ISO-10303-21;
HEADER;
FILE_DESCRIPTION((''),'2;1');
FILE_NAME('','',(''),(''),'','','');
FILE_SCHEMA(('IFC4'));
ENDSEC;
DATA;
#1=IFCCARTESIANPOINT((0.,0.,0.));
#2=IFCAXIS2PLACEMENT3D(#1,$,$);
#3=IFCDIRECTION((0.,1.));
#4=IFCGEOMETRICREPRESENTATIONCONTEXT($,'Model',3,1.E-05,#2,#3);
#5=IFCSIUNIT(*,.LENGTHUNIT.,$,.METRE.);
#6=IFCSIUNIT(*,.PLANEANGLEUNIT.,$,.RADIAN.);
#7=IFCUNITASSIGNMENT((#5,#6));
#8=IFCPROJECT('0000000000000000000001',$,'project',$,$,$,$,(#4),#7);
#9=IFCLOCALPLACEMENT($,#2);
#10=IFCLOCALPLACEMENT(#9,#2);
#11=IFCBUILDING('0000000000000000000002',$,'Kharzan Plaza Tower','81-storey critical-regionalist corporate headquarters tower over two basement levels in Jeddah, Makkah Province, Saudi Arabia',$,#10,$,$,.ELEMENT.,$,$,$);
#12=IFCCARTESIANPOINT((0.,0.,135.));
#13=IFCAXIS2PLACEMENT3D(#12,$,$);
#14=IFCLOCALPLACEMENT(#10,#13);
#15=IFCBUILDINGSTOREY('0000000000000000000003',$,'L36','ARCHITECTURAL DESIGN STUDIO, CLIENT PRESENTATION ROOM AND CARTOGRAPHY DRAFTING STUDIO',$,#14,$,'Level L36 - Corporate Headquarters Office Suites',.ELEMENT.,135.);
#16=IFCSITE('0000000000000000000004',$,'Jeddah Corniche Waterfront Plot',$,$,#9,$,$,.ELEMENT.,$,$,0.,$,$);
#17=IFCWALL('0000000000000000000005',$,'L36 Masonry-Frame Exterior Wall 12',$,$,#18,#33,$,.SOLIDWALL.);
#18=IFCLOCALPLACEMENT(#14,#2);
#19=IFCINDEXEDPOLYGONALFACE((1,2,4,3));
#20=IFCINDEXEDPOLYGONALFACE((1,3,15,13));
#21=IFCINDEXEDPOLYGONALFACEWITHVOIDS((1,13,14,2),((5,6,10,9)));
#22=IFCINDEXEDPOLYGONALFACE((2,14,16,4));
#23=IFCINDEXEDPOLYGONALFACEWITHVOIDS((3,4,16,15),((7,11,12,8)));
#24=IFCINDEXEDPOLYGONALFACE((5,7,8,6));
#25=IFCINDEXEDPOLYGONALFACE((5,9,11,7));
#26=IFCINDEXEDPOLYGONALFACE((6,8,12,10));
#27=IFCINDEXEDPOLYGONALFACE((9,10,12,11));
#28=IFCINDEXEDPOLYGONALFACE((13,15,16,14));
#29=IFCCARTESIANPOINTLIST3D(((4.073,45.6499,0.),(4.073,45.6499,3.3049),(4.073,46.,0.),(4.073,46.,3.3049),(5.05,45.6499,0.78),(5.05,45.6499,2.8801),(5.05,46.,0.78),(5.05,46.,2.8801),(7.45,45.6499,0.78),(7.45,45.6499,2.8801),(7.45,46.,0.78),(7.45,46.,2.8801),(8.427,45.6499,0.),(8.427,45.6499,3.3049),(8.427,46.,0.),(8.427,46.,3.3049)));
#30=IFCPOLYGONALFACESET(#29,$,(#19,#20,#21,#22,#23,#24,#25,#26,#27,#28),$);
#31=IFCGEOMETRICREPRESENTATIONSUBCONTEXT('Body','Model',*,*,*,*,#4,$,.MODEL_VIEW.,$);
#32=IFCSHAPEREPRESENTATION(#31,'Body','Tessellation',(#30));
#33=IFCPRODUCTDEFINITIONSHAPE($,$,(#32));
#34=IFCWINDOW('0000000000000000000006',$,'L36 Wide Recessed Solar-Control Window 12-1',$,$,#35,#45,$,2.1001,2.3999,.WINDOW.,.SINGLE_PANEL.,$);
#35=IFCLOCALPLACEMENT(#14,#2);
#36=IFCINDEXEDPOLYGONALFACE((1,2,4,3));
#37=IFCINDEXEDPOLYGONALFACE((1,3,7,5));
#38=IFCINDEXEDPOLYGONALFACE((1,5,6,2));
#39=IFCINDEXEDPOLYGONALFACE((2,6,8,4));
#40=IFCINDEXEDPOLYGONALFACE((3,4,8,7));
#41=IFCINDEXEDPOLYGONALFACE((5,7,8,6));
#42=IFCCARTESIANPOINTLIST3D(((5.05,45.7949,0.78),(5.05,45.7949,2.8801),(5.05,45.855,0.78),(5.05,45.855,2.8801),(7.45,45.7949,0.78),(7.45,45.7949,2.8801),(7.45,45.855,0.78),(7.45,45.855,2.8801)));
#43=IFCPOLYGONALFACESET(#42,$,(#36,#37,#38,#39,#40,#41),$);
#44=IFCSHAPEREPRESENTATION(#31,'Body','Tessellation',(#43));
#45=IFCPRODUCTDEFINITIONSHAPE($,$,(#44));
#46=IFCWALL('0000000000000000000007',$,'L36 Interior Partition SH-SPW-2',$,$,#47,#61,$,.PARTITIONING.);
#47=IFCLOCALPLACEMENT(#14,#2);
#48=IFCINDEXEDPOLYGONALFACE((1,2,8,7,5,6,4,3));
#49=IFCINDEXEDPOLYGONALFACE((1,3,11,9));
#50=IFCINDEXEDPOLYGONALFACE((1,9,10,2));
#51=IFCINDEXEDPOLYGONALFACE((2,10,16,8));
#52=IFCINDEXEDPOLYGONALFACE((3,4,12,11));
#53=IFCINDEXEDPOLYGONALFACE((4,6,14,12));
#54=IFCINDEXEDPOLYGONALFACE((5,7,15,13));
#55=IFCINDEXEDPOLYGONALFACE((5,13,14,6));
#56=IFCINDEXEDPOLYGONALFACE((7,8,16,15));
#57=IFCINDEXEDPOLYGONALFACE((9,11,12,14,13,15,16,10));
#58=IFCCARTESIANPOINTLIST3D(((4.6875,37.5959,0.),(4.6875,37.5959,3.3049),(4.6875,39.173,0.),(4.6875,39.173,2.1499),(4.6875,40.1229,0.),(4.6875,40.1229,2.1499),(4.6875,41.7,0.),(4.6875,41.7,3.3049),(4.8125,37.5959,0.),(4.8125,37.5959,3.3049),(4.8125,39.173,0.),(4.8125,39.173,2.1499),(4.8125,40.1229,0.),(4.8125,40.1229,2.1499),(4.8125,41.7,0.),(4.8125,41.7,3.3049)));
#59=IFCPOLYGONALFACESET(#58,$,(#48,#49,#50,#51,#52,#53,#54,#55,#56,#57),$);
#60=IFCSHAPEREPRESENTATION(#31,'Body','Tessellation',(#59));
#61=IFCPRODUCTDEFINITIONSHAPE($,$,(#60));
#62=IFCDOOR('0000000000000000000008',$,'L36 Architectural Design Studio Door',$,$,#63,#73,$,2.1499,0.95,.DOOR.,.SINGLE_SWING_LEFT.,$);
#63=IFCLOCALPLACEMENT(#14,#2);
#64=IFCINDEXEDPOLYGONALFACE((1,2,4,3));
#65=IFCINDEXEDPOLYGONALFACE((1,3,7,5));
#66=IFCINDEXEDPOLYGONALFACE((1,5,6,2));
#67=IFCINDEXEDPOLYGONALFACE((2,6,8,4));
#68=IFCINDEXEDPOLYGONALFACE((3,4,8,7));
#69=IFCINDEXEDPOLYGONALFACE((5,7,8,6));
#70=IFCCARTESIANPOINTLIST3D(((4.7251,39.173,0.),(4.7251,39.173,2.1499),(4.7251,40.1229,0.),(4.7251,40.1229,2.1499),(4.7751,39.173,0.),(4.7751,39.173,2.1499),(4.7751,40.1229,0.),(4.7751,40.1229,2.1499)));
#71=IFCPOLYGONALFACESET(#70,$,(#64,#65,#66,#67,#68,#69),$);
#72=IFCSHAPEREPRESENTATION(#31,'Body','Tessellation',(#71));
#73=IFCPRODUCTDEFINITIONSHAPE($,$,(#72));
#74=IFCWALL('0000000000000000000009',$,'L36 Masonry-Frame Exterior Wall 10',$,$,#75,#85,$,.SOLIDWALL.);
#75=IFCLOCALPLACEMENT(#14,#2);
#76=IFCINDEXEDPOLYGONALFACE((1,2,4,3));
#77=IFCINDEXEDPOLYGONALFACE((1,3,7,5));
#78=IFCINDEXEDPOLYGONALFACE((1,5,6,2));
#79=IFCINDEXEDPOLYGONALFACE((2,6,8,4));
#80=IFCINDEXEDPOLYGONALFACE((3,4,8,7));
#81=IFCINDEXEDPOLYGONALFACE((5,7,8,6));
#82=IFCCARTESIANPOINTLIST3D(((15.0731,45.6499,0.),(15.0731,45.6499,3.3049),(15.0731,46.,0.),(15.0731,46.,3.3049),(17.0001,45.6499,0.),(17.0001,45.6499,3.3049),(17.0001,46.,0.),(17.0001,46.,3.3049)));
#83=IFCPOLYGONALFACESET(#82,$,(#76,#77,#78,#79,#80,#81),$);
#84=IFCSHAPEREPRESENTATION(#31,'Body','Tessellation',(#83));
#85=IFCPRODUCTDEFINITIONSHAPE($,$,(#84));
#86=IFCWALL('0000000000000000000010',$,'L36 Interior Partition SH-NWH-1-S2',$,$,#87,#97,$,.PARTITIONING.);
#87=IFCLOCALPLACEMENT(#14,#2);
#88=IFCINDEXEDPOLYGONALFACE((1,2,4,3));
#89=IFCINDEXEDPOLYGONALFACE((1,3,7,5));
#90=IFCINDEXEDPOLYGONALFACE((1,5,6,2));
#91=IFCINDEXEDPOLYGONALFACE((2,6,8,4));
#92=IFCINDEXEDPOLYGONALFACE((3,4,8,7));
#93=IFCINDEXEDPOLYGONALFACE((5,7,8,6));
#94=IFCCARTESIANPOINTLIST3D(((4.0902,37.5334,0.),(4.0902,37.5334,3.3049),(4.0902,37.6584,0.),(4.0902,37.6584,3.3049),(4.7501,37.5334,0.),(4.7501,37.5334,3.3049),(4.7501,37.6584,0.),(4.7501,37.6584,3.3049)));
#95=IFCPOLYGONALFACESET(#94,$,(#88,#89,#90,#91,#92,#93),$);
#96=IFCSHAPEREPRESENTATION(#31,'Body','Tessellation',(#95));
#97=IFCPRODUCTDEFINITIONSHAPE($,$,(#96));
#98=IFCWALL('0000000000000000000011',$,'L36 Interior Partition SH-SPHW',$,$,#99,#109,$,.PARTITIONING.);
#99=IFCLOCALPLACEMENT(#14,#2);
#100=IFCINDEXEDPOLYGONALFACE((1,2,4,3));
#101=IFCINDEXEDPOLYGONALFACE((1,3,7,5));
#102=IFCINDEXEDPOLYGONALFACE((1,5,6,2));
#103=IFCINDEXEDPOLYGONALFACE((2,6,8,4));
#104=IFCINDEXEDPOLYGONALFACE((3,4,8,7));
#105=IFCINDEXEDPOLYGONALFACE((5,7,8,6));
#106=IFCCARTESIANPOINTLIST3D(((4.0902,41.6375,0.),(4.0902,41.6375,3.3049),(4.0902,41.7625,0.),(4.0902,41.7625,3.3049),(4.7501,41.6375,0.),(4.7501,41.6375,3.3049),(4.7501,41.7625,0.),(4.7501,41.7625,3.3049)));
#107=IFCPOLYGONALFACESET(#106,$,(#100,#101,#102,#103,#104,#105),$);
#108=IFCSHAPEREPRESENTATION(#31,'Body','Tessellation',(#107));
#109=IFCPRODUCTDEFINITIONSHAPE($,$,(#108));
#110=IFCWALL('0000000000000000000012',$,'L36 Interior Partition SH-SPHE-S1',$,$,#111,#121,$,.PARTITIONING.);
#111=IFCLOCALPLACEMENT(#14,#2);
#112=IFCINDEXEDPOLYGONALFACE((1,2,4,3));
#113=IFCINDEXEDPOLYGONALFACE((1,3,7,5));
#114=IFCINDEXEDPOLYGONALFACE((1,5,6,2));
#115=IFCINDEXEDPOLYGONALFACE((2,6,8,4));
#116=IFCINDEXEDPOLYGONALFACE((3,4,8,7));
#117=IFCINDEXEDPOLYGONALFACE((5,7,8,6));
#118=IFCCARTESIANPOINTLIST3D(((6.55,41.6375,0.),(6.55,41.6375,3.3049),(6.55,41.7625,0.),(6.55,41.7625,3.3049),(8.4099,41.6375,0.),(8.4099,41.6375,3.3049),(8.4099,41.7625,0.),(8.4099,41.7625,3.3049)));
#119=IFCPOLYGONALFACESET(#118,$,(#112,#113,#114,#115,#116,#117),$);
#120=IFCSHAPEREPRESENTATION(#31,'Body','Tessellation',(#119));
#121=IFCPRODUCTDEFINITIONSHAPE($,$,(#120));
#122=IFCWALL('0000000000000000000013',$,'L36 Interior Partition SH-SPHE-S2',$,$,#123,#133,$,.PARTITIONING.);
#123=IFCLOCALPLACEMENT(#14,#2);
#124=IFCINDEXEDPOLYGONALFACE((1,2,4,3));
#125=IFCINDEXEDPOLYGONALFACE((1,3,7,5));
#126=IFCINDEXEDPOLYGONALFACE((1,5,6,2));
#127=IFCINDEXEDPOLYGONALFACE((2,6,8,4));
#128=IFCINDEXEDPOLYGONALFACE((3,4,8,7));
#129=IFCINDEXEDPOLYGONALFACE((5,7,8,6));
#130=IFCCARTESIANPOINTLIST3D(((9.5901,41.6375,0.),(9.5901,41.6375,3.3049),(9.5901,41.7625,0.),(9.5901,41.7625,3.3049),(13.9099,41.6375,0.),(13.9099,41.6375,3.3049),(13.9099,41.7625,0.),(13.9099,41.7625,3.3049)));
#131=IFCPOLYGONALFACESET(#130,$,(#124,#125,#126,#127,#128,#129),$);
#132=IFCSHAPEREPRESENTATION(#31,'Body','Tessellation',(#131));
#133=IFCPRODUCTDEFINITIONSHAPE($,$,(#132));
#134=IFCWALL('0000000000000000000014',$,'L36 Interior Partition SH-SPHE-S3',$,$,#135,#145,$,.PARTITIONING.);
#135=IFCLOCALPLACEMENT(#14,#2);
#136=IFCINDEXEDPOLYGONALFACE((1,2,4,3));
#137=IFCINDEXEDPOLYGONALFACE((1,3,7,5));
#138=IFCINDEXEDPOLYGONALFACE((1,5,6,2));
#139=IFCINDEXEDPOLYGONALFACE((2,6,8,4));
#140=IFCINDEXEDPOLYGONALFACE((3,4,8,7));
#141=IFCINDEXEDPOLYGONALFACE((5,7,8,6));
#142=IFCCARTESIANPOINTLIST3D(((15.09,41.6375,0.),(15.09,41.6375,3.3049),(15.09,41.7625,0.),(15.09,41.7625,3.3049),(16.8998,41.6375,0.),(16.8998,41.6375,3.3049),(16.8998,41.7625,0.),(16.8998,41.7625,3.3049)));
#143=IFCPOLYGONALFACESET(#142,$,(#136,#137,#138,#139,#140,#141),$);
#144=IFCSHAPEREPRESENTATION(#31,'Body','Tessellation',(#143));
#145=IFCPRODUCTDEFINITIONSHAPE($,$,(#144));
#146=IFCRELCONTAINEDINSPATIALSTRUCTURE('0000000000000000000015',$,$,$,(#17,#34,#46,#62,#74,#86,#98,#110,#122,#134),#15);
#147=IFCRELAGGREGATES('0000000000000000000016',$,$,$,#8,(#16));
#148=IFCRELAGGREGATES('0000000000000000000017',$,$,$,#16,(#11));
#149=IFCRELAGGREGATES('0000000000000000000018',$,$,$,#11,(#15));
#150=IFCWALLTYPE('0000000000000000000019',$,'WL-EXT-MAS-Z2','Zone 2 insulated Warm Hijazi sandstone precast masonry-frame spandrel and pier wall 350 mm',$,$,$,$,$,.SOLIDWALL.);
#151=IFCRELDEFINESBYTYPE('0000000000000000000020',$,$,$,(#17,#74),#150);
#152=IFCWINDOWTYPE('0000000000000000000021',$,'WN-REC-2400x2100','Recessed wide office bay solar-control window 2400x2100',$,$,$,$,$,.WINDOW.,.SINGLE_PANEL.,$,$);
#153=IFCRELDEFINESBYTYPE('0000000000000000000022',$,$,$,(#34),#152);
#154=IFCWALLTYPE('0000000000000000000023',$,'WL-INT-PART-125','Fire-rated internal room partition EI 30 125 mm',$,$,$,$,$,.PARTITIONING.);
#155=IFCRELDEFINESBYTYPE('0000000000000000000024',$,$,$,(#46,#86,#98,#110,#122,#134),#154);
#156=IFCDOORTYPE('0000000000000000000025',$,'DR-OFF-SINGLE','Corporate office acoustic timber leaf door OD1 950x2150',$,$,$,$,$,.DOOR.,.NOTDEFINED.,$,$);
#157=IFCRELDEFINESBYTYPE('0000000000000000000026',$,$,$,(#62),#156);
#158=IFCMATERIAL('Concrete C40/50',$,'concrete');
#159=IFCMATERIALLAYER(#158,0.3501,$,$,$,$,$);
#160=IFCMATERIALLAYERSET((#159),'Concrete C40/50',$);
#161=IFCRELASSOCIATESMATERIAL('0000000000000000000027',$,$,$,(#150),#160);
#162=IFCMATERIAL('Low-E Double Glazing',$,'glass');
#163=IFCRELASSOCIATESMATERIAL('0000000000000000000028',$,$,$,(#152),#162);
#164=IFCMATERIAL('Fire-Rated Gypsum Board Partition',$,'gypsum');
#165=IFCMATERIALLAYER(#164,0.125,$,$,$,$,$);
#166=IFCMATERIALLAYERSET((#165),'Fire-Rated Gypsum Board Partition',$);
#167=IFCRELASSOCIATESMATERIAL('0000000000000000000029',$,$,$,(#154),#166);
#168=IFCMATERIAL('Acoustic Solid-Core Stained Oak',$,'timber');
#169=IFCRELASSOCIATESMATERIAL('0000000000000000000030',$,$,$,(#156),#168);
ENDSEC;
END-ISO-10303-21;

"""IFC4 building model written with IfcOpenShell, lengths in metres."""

from ifc_helpers import new_model, si_unit, direction, frame, frame_2d, origin, place, context, subcontext, project, spatial, rectangle, extrude, source, transform, mapped, material, layer, layer_set, type_object, element, fill, save


model = new_model("IFC4")

# Units and contexts
model_context = context("Model", 3, precision=1e-05, world=origin(), true_north=direction((0.0, 1.0)))
body_context = subcontext(model_context, "Body", "Model", "MODEL_VIEW")
ifc_project = project(units=[si_unit("LENGTHUNIT", "METRE"), si_unit("PLANEANGLEUNIT", "RADIAN")], contexts=[model_context])

# Site, building, storey
site_placement = place(None, origin())
site = spatial("IfcSite", under=ifc_project, at=site_placement, Name="Jeddah Corniche Waterfront Plot", CompositionType="ELEMENT", RefElevation=0.0)
building_placement = place(site_placement, origin())
building = spatial("IfcBuilding", under=site, at=building_placement, Name="Kharzan Plaza Tower", Description="81-storey critical-regionalist corporate headquarters tower over two basement levels in Jeddah, Makkah Province, Saudi Arabia", CompositionType="ELEMENT")
storey_placement = place(building_placement, frame((0.0, 0.0, 135.0)))
storey = spatial("IfcBuildingStorey", under=building, at=storey_placement, Name="L36", Description="ARCHITECTURAL DESIGN STUDIO, CLIENT PRESENTATION ROOM AND CARTOGRAPHY DRAFTING STUDIO", LongName="Level L36 - Corporate Headquarters Office Suites", CompositionType="ELEMENT", Elevation=135.0)

# Wall, opening, window
ifc_material_1 = material(Name="Concrete C40/50", Category="concrete")
ifc_layer_1 = layer(ifc_material_1, 0.3501)
ifc_layer_set_1 = layer_set([ifc_layer_1], Name="Concrete C40/50")
wall_type_1 = type_object("IfcWallType", Name="WL-EXT-MAS-Z2", Description="Zone 2 insulated Warm Hijazi sandstone precast masonry-frame spandrel and pier wall 350 mm", PredefinedType="SOLIDWALL", material=ifc_layer_set_1)
ifc_material_2 = material(Name="Low-E Double Glazing", Category="glass")
window_type_1 = type_object("IfcWindowType", Name="WN-REC-2400x2100", Description="Recessed wide office bay solar-control window 2400x2100", PartitioningType="SINGLE_PANEL", PredefinedType="WINDOW", material=ifc_material_2)
shared_shape_1 = source(origin(), body_context, "Body", "SweptSolid", [
    extrude(rectangle(XDim=2.3999, YDim=2.1001, at=frame_2d((1.2, 1.05))), frame((0.0, 0.03, 0.0), z_axis=(0.0, -1.0, 0.0), x_axis=(1.0, 0.0, 0.0)), (0.0, 0.0, 1.0), 0.0601),
])
wall_1_placement = place(storey_placement, frame((8.427, 45.825, 0.0), z_axis=(0.0, 0.0, 1.0), x_axis=(-1.0, 0.0, 0.0)))
wall_1 = element("IfcWall", 1, at=wall_1_placement, inside=storey, type_object=wall_type_1, Name="L36 Masonry-Frame Exterior Wall 12", PredefinedType="SOLIDWALL", context=body_context, shape_type="SweptSolid", body=[
    extrude(rectangle(XDim=4.354, YDim=0.3501, at=frame_2d((2.177, 0.0))), origin(), (0.0, 0.0, 1.0), 3.3049),
])
opening_1_placement = place(wall_1_placement, frame((0.9771, 0.0, 0.78)))
opening_1 = element("IfcOpeningElement", 2, at=opening_1_placement, cuts=wall_1, PredefinedType="OPENING", context=body_context, shape_type="SweptSolid", body=[
    extrude(rectangle(XDim=2.3999, YDim=2.1001, at=frame_2d((1.2, 1.05))), frame((0.0, 0.1851, 0.0), z_axis=(0.0, -1.0, 0.0), x_axis=(1.0, 0.0, 0.0)), (0.0, 0.0, 1.0), 0.3701),
])
window_1_placement = place(opening_1_placement, origin())
window_1 = element("IfcWindow", 3, at=window_1_placement, inside=storey, type_object=window_type_1, Name="L36 Wide Recessed Solar-Control Window 12-1", OverallHeight=2.1001, OverallWidth=2.3999, PartitioningType="SINGLE_PANEL", PredefinedType="WINDOW", context=body_context, shape_type="MappedRepresentation", body=[
    mapped(shared_shape_1, transform((0.0, 0.0, 0.0), x_axis=(1.0, 0.0, 0.0), y_axis=(0.0, 1.0, 0.0), z_axis=(0.0, 0.0, 1.0))),
])
fill(opening_1, window_1)

# Wall, opening, door
ifc_material_3 = material(Name="Fire-Rated Gypsum Board Partition", Category="gypsum")
ifc_layer_2 = layer(ifc_material_3, 0.125)
ifc_layer_set_2 = layer_set([ifc_layer_2], Name="Fire-Rated Gypsum Board Partition")
wall_type_2 = type_object("IfcWallType", Name="WL-INT-PART-125", Description="Fire-rated internal room partition EI 30 125 mm", PredefinedType="PARTITIONING", material=ifc_layer_set_2)
ifc_material_4 = material(Name="Acoustic Solid-Core Stained Oak", Category="timber")
door_type = type_object("IfcDoorType", Name="DR-OFF-SINGLE", Description="Corporate office acoustic timber leaf door OD1 950x2150", OperationType="NOTDEFINED", PredefinedType="DOOR", material=ifc_material_4)
shared_shape_2 = source(origin(), body_context, "Body", "SweptSolid", [
    extrude(rectangle(XDim=0.95, YDim=2.1499, at=frame_2d((0.4751, 1.075))), frame((0.0, 0.0249, 0.0), z_axis=(0.0, -1.0, 0.0), x_axis=(1.0, 0.0, 0.0)), (0.0, 0.0, 1.0), 0.05),
])
wall_2_placement = place(storey_placement, frame((4.75, 37.5959, 0.0), z_axis=(0.0, 0.0, 1.0), x_axis=(0.0, 1.0, 0.0)))
wall_2 = element("IfcWall", 4, at=wall_2_placement, inside=storey, type_object=wall_type_2, Name="L36 Interior Partition SH-SPW-2", PredefinedType="PARTITIONING", context=body_context, shape_type="SweptSolid", body=[
    extrude(rectangle(XDim=4.104, YDim=0.125, at=frame_2d((2.052, 0.0))), origin(), (0.0, 0.0, 1.0), 3.3049),
])
opening_2_placement = place(wall_2_placement, frame((1.5769, 0.0, 0.0)))
opening_2 = element("IfcOpeningElement", 5, at=opening_2_placement, cuts=wall_2, PredefinedType="OPENING", context=body_context, shape_type="SweptSolid", body=[
    extrude(rectangle(XDim=0.95, YDim=2.1499, at=frame_2d((0.4751, 1.075))), frame((0.0, 0.0725, 0.0), z_axis=(0.0, -1.0, 0.0), x_axis=(1.0, 0.0, 0.0)), (0.0, 0.0, 1.0), 0.145),
])
door_1_placement = place(opening_2_placement, origin())
door_1 = element("IfcDoor", 6, at=door_1_placement, inside=storey, type_object=door_type, Name="L36 Architectural Design Studio Door", OperationType="SINGLE_SWING_LEFT", OverallHeight=2.1499, OverallWidth=0.95, PredefinedType="DOOR", context=body_context, shape_type="MappedRepresentation", body=[
    mapped(shared_shape_2, transform((0.0, 0.0, 0.0), x_axis=(1.0, 0.0, 0.0), y_axis=(0.0, 1.0, 0.0), z_axis=(0.0, 0.0, 1.0))),
])
fill(opening_2, door_1)

# Walls
shared_shape_3 = source(origin(), body_context, "Body", "SweptSolid", [
    extrude(rectangle(XDim=1.927, YDim=0.3501, at=frame_2d((0.9634, 0.0))), origin(), (0.0, 0.0, 1.0), 3.3049),
])
wall_3_placement = place(storey_placement, frame((17.0, 45.825, 0.0), z_axis=(0.0, 0.0, 1.0), x_axis=(-1.0, 0.0, 0.0)))
element("IfcWall", 7, at=wall_3_placement, inside=storey, type_object=wall_type_1, Name="L36 Masonry-Frame Exterior Wall 10", PredefinedType="SOLIDWALL", context=body_context, shape_type="MappedRepresentation", body=[
    mapped(shared_shape_3, transform((0.0, 0.0, 0.0), x_axis=(1.0, 0.0, 0.0), y_axis=(0.0, 1.0, 0.0), z_axis=(0.0, 0.0, 1.0))),
])
shared_shape_4 = source(origin(), body_context, "Body", "SweptSolid", [
    extrude(rectangle(XDim=0.6599, YDim=0.125, at=frame_2d((0.3301, 0.0))), origin(), (0.0, 0.0, 1.0), 3.3049),
])
for number, where, z_axis, x_axis, name in (
    (8, (4.0901, 37.5959, 0.0), (0.0, 0.0, 1.0), (1.0, 0.0, 0.0), "L36 Interior Partition SH-NWH-1-S2"),
    (9, (4.0901, 41.7, 0.0), (0.0, 0.0, 1.0), (1.0, 0.0, 0.0), "L36 Interior Partition SH-SPHW"),
):
    element("IfcWall", number, at=place(storey_placement, frame(where, z_axis=z_axis, x_axis=x_axis)), inside=storey, type_object=wall_type_2, Name=name, PredefinedType="PARTITIONING", context=body_context, shape_type="MappedRepresentation", body=[
        mapped(shared_shape_4, transform((0.0, 0.0, 0.0), x_axis=(1.0, 0.0, 0.0), y_axis=(0.0, 1.0, 0.0), z_axis=(0.0, 0.0, 1.0))),
    ])
shared_shape_5 = source(origin(), body_context, "Body", "SweptSolid", [
    extrude(rectangle(XDim=1.8599, YDim=0.125, at=frame_2d((0.9299, 0.0))), origin(), (0.0, 0.0, 1.0), 3.3049),
])
wall_4_placement = place(storey_placement, frame((6.55, 41.7, 0.0), z_axis=(0.0, 0.0, 1.0), x_axis=(1.0, 0.0, 0.0)))
element("IfcWall", 10, at=wall_4_placement, inside=storey, type_object=wall_type_2, Name="L36 Interior Partition SH-SPHE-S1", PredefinedType="PARTITIONING", context=body_context, shape_type="MappedRepresentation", body=[
    mapped(shared_shape_5, transform((0.0, 0.0, 0.0), x_axis=(1.0, 0.0, 0.0), y_axis=(0.0, 1.0, 0.0), z_axis=(0.0, 0.0, 1.0))),
])
shared_shape_6 = source(origin(), body_context, "Body", "SweptSolid", [
    extrude(rectangle(XDim=4.3198, YDim=0.125, at=frame_2d((2.1599, 0.0))), origin(), (0.0, 0.0, 1.0), 3.3049),
])
wall_5_placement = place(storey_placement, frame((9.5901, 41.7, 0.0), z_axis=(0.0, 0.0, 1.0), x_axis=(1.0, 0.0, 0.0)))
element("IfcWall", 11, at=wall_5_placement, inside=storey, type_object=wall_type_2, Name="L36 Interior Partition SH-SPHE-S2", PredefinedType="PARTITIONING", context=body_context, shape_type="MappedRepresentation", body=[
    mapped(shared_shape_6, transform((0.0, 0.0, 0.0), x_axis=(1.0, 0.0, 0.0), y_axis=(0.0, 1.0, 0.0), z_axis=(0.0, 0.0, 1.0))),
])
shared_shape_7 = source(origin(), body_context, "Body", "SweptSolid", [
    extrude(rectangle(XDim=1.8098, YDim=0.125, at=frame_2d((0.9048, 0.0))), origin(), (0.0, 0.0, 1.0), 3.3049),
])
wall_6_placement = place(storey_placement, frame((15.0901, 41.7, 0.0), z_axis=(0.0, 0.0, 1.0), x_axis=(1.0, 0.0, 0.0)))
element("IfcWall", 12, at=wall_6_placement, inside=storey, type_object=wall_type_2, Name="L36 Interior Partition SH-SPHE-S3", PredefinedType="PARTITIONING", context=body_context, shape_type="MappedRepresentation", body=[
    mapped(shared_shape_7, transform((0.0, 0.0, 0.0), x_axis=(1.0, 0.0, 0.0), y_axis=(0.0, 1.0, 0.0), z_axis=(0.0, 0.0, 1.0))),
])

save(model, "model.ifc")
